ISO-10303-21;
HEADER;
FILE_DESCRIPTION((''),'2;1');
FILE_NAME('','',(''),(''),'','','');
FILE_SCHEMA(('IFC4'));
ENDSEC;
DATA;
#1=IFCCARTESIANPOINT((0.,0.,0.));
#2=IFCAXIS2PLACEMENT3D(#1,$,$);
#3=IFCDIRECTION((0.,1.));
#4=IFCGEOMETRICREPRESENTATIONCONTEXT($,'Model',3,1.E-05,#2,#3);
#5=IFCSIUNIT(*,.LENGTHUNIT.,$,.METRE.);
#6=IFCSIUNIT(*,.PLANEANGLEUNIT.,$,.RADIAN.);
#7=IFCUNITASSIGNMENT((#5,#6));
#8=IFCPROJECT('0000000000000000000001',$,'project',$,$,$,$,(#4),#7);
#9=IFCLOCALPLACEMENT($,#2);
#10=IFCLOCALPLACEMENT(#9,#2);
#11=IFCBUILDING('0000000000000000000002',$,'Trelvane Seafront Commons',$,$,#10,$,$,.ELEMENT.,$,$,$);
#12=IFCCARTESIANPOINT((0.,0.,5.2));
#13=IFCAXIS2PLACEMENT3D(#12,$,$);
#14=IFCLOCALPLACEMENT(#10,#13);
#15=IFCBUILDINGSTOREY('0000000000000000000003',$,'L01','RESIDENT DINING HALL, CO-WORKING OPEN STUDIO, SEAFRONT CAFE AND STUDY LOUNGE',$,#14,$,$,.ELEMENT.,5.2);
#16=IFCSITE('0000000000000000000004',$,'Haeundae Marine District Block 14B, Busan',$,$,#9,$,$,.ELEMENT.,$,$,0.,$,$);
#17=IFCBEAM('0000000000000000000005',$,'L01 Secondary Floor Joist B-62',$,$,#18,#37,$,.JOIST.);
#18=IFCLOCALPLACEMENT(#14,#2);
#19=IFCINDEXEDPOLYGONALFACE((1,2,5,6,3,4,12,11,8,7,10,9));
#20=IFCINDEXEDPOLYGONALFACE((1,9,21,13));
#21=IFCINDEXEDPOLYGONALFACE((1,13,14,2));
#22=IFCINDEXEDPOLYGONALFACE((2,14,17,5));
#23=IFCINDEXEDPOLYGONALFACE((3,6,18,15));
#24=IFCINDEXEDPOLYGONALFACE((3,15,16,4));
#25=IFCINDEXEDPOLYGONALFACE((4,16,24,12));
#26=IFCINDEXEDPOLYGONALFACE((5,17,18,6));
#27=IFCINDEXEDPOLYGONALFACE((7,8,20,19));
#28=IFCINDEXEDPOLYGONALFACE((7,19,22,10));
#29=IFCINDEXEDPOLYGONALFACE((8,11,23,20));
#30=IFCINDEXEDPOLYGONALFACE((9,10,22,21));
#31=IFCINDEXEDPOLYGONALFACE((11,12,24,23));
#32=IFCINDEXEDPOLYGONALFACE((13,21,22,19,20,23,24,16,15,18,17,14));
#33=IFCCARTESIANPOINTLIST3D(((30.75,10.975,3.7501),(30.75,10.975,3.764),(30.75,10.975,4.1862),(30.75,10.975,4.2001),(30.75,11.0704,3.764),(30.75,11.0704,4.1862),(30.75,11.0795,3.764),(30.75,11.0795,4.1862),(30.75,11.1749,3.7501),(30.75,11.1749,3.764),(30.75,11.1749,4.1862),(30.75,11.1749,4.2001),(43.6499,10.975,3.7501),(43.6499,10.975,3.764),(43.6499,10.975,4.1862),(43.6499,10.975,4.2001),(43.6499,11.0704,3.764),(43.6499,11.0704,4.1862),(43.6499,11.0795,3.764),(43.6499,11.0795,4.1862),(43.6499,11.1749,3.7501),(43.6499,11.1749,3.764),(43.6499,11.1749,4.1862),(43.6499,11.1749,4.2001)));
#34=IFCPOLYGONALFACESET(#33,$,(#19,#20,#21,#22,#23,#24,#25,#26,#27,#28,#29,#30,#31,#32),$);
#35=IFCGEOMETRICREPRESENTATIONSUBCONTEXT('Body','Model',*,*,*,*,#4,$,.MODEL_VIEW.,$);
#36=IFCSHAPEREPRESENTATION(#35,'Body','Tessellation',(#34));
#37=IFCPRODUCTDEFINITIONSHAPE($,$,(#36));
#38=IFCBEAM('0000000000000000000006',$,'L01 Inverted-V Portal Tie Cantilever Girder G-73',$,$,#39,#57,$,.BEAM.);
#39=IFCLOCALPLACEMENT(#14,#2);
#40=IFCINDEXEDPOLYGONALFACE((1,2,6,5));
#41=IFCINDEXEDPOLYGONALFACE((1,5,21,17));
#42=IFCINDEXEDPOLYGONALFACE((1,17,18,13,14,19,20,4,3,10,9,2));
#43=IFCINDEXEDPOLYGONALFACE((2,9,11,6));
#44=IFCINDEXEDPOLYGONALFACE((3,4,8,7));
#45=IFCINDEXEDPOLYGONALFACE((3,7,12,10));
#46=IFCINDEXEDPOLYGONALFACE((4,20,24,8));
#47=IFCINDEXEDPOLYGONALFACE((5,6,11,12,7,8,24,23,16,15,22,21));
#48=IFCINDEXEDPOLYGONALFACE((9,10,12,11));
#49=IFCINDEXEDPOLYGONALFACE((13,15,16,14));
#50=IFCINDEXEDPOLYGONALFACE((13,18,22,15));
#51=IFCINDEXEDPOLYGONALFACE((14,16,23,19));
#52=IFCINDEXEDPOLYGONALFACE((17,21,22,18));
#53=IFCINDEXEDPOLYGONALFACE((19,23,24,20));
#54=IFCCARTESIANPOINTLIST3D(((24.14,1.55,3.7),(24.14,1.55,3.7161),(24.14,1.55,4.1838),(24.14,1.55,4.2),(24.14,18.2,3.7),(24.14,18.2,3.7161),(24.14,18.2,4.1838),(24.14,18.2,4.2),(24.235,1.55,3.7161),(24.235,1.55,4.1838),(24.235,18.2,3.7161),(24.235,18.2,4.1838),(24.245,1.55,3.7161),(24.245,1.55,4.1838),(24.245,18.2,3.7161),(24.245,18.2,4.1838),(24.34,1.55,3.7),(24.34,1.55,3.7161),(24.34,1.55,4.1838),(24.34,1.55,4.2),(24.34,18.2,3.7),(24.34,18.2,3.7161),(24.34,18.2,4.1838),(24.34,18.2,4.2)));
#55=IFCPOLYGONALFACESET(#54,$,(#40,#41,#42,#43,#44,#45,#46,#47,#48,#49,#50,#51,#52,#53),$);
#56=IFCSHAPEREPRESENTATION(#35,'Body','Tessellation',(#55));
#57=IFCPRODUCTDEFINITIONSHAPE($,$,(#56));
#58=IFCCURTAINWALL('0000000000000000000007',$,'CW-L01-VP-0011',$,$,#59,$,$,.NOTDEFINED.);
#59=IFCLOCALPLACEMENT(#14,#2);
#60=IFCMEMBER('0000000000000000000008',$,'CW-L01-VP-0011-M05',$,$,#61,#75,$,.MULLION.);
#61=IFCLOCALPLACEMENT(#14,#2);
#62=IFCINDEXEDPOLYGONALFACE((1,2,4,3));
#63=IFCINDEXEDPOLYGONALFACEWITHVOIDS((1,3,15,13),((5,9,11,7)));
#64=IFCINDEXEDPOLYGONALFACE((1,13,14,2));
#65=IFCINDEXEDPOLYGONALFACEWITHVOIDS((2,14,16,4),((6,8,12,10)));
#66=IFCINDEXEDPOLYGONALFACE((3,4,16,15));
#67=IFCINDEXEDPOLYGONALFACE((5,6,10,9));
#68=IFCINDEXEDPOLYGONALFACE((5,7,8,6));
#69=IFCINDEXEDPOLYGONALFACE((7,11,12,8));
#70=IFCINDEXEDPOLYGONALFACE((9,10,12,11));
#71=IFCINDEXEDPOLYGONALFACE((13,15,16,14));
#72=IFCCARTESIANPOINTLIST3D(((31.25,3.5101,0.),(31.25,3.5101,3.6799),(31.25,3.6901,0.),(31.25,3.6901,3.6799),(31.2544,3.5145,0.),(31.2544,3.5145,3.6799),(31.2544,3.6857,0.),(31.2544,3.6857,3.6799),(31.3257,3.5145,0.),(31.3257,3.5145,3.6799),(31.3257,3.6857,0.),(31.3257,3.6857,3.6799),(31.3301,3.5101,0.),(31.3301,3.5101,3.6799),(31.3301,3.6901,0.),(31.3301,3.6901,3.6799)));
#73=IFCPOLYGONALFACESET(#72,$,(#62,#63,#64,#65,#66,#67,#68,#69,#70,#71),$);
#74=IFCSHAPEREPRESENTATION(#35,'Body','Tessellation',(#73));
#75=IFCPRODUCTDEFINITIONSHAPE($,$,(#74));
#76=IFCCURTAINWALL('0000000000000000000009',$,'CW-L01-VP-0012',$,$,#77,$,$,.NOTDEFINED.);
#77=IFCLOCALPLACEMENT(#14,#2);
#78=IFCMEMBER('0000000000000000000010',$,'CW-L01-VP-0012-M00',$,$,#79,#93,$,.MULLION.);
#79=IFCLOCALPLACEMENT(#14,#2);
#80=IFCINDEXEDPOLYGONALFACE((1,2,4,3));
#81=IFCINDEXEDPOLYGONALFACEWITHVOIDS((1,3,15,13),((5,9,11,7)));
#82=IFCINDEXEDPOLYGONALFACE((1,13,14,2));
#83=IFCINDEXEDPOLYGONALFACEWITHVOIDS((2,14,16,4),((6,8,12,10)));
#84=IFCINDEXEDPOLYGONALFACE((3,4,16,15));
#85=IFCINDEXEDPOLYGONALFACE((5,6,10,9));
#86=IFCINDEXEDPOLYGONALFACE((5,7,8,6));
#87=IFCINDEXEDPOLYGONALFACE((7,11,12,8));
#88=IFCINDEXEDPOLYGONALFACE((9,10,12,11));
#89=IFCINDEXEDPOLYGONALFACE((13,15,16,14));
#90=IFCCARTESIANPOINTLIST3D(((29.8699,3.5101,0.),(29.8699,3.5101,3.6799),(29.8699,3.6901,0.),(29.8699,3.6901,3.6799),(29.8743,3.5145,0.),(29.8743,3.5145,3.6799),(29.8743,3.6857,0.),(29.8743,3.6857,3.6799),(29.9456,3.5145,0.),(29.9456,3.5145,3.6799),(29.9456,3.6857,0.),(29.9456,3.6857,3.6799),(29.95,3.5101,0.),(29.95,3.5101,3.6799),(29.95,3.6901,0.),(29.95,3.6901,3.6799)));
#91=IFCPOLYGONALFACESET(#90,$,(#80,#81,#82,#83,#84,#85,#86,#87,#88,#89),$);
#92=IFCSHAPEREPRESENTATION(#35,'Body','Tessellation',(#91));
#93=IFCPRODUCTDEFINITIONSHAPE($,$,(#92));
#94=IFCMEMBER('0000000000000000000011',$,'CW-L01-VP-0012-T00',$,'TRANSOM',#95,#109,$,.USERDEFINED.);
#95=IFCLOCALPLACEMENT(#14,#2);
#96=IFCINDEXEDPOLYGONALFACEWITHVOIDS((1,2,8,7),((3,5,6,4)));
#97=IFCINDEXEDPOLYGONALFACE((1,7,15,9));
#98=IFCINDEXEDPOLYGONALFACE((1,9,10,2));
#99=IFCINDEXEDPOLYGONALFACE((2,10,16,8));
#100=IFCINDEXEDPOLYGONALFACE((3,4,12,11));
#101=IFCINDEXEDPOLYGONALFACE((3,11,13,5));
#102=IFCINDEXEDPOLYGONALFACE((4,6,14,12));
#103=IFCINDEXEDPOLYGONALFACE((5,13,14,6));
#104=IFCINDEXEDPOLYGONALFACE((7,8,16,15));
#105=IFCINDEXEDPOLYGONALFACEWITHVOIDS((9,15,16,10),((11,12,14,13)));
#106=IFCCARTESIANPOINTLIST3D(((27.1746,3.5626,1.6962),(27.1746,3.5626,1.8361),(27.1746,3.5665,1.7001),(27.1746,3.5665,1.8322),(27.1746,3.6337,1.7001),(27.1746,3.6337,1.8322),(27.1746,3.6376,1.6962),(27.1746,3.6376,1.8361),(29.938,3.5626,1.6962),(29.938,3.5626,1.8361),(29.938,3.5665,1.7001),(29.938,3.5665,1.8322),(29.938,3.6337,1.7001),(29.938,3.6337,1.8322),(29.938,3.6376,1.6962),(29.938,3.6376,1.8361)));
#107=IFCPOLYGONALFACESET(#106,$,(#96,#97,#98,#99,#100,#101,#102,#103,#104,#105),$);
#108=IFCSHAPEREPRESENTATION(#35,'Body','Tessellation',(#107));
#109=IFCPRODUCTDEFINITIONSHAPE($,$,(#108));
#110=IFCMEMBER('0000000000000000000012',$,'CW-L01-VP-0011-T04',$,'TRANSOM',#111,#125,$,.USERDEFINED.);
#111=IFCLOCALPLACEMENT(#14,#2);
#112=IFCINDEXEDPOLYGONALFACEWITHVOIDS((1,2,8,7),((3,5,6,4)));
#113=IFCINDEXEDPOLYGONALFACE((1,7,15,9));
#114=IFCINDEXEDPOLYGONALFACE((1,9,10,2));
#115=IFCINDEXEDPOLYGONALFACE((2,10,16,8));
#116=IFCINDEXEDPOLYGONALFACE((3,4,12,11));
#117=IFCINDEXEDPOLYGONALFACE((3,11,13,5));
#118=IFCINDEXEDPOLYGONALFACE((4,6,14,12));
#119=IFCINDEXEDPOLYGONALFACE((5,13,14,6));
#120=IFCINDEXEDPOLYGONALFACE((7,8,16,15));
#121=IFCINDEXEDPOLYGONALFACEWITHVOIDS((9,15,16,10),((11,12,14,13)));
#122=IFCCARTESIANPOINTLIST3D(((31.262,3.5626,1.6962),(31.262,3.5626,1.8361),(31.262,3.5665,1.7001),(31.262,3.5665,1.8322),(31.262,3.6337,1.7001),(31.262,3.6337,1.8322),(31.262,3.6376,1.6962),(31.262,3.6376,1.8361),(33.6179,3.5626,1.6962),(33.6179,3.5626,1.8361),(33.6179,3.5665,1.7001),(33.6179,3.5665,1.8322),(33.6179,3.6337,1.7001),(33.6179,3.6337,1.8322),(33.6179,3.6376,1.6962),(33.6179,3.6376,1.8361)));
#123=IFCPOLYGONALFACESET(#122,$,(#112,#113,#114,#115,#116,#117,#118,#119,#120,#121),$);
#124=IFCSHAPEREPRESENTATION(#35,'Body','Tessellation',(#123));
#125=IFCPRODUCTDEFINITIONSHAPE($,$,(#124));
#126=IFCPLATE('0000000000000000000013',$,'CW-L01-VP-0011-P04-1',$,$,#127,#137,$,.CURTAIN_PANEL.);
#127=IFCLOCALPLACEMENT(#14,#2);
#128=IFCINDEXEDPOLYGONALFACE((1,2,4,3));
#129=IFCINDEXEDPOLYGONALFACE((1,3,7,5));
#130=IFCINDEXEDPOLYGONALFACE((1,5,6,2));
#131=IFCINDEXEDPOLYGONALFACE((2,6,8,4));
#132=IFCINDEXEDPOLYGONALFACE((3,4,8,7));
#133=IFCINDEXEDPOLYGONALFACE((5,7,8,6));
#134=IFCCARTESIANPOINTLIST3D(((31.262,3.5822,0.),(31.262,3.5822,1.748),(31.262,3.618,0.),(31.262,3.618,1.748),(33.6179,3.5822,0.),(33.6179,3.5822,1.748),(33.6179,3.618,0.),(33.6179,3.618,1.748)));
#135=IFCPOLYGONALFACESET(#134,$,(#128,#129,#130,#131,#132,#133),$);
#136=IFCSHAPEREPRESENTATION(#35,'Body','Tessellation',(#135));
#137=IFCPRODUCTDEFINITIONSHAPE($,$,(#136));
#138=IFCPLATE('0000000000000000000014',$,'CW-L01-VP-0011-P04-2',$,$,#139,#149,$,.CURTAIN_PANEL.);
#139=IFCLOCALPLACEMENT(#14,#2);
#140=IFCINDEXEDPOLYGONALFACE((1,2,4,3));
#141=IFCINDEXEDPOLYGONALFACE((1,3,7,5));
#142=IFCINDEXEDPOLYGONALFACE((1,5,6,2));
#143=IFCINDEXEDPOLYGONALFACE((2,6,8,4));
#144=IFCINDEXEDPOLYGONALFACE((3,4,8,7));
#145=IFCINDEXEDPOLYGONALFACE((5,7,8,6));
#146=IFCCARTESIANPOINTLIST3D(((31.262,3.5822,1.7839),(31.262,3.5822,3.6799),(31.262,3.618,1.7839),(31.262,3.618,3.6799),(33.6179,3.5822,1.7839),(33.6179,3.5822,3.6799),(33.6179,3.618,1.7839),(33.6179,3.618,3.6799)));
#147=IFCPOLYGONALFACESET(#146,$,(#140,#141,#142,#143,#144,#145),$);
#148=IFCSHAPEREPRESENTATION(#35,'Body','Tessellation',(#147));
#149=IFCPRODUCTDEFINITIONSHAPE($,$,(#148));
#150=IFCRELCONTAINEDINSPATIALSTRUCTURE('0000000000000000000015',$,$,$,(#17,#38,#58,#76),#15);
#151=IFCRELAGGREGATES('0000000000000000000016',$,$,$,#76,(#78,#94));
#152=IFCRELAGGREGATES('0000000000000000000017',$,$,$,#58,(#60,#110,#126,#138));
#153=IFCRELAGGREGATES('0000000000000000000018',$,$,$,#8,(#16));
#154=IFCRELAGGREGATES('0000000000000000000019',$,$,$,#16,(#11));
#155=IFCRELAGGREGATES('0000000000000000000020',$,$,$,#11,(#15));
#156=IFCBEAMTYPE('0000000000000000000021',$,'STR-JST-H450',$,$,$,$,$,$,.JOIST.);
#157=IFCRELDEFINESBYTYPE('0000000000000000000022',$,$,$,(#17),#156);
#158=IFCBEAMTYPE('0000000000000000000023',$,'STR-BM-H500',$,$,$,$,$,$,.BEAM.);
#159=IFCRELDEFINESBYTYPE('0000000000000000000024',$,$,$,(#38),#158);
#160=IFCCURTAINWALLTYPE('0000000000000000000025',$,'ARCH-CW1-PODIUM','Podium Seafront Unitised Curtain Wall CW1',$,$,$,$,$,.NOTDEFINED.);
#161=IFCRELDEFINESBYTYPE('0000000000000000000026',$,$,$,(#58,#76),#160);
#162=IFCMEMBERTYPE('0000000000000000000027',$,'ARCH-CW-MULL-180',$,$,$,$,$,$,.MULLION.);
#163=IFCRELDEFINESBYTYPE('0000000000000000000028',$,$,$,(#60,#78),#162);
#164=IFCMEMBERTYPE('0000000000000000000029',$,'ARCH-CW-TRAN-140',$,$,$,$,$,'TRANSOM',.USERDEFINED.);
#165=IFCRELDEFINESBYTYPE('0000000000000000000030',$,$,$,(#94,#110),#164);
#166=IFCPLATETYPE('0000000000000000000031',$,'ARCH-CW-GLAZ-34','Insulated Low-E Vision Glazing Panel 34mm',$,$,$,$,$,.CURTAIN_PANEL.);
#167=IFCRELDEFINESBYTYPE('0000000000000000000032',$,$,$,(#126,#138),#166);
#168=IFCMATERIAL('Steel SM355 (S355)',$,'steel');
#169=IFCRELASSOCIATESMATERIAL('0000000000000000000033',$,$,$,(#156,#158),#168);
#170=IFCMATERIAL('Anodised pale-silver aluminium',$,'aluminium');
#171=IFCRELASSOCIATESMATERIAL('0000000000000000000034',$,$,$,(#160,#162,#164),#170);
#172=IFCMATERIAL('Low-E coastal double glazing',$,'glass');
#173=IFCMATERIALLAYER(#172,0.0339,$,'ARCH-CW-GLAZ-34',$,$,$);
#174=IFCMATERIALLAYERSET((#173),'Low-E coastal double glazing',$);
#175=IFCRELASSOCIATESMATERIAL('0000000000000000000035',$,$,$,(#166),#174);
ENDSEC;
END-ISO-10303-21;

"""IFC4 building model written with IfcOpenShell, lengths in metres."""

from ifc_helpers import new_model, si_unit, direction, frame, origin, origin_2d, place, context, subcontext, project, spatial, rectangle, hollow_rectangle, i_section, extrude, source, transform, mapped, material, layer, layer_set, material_profile, profile_set, type_object, element, aggregate, save


model = new_model("IFC4")

# Units and contexts
model_context = context("Model", 3, precision=1e-05, world=origin(), true_north=direction((0.0, 1.0)))
body_context = subcontext(model_context, "Body", "Model", "MODEL_VIEW")
ifc_project = project(units=[si_unit("LENGTHUNIT", "METRE"), si_unit("PLANEANGLEUNIT", "RADIAN")], contexts=[model_context])

# Site, building, storey
site_placement = place(None, origin())
site = spatial("IfcSite", under=ifc_project, at=site_placement, Name="Haeundae Marine District Block 14B, Busan", CompositionType="ELEMENT", RefElevation=0.0)
building_placement = place(site_placement, origin())
building = spatial("IfcBuilding", under=site, at=building_placement, Name="Trelvane Seafront Commons", CompositionType="ELEMENT")
storey_placement = place(building_placement, frame((0.0, 0.0, 5.2)))
storey = spatial("IfcBuildingStorey", under=building, at=storey_placement, Name="L01", Description="RESIDENT DINING HALL, CO-WORKING OPEN STUDIO, SEAFRONT CAFE AND STUDY LOUNGE", CompositionType="ELEMENT", Elevation=5.2)

# Beams
ifc_material_1 = material(Name="Steel SM355 (S355)", Category="steel")
ifc_material_profile_1 = material_profile(ifc_material_1, i_section(OverallWidth=0.2, OverallDepth=0.45, WebThickness=0.009, FlangeThickness=0.0139, at=origin_2d()), Name="H-450x200x9x14")
ifc_profile_set_1 = profile_set([ifc_material_profile_1], Name="Steel SM355 (S355)")
beam_type_1 = type_object("IfcBeamType", Name="STR-JST-H450", PredefinedType="JOIST", material=ifc_profile_set_1)
shared_shape_1 = source(origin(), body_context, "Body", "SweptSolid", [
    extrude(i_section(OverallWidth=0.2, OverallDepth=0.45, WebThickness=0.009, FlangeThickness=0.0139, at=origin_2d()), origin(), (0.0, 0.0, 1.0), 12.8999),
])
beam_1_placement = place(storey_placement, frame((30.75, 11.075, 3.9751), z_axis=(1.0, 0.0, 0.0), x_axis=(0.0, 1.0, 0.0)))
element("IfcBeam", 1, at=beam_1_placement, inside=storey, type_object=beam_type_1, Name="L01 Secondary Floor Joist B-62", PredefinedType="JOIST", context=body_context, shape_type="MappedRepresentation", body=[
    mapped(shared_shape_1, transform((0.0, 0.0, 0.0), x_axis=(1.0, 0.0, 0.0), y_axis=(0.0, 1.0, 0.0), z_axis=(0.0, 0.0, 1.0), scale=1.0)),
])
ifc_material_profile_2 = material_profile(ifc_material_1, i_section(OverallWidth=0.2, OverallDepth=0.5, WebThickness=0.01, FlangeThickness=0.0161, at=origin_2d()), Name="H-500x200x10x16")
ifc_profile_set_2 = profile_set([ifc_material_profile_2], Name="Steel SM355 (S355)")
beam_type_2 = type_object("IfcBeamType", Name="STR-BM-H500", PredefinedType="BEAM", material=ifc_profile_set_2)
shared_shape_2 = source(origin(), body_context, "Body", "SweptSolid", [
    extrude(i_section(OverallWidth=0.2, OverallDepth=0.5, WebThickness=0.01, FlangeThickness=0.0161, at=origin_2d()), origin(), (0.0, 0.0, 1.0), 16.6499),
])
beam_2_placement = place(storey_placement, frame((24.24, 18.2, 3.95), z_axis=(0.0, -1.0, 0.0), x_axis=(1.0, 0.0, 0.0)))
element("IfcBeam", 2, at=beam_2_placement, inside=storey, type_object=beam_type_2, Name="L01 Inverted-V Portal Tie Cantilever Girder G-73", PredefinedType="BEAM", context=body_context, shape_type="MappedRepresentation", body=[
    mapped(shared_shape_2, transform((0.0, 0.0, 0.0), x_axis=(1.0, 0.0, 0.0), y_axis=(0.0, 1.0, 0.0), z_axis=(0.0, 0.0, 1.0), scale=1.0)),
])

# Curtain wall, member
ifc_material_2 = material(Name="Anodised pale-silver aluminium", Category="aluminium")
curtain_wall_type = type_object("IfcCurtainWallType", Name="ARCH-CW1-PODIUM", Description="Podium Seafront Unitised Curtain Wall CW1", PredefinedType="NOTDEFINED", material=ifc_material_2)
curtain_wall_1_placement = place(storey_placement, origin())
curtain_wall_1 = element("IfcCurtainWall", 3, at=curtain_wall_1_placement, inside=storey, type_object=curtain_wall_type, Name="CW-L01-VP-0011", PredefinedType="NOTDEFINED")
ifc_material_profile_3 = material_profile(ifc_material_2, hollow_rectangle(XDim=0.0801, YDim=0.1799, WallThickness=0.0044, at=origin_2d()), Name="MULL-80x180x4.5")
ifc_profile_set_3 = profile_set([ifc_material_profile_3], Name="Anodised pale-silver aluminium")
member_type_1 = type_object("IfcMemberType", Name="ARCH-CW-MULL-180", PredefinedType="MULLION", material=ifc_profile_set_3)
shared_shape_3 = source(origin(), body_context, "Body", "SweptSolid", [
    extrude(hollow_rectangle(XDim=0.0801, YDim=0.1799, WallThickness=0.0044, at=origin_2d()), origin(), (0.0, 0.0, 1.0), 3.6799),
])
member_1_placement = place(storey_placement, frame((31.29, 3.6001, 0.0), z_axis=(0.0, 0.0, 1.0), x_axis=(1.0, 0.0, 0.0)))
member_1 = element("IfcMember", 4, at=member_1_placement, type_object=member_type_1, Name="CW-L01-VP-0011-M05", PredefinedType="MULLION", context=body_context, shape_type="MappedRepresentation", body=[
    mapped(shared_shape_3, transform((0.0, 0.0, 0.0), x_axis=(1.0, 0.0, 0.0), y_axis=(0.0, 1.0, 0.0), z_axis=(0.0, 0.0, 1.0), scale=1.0)),
])

# Curtain wall, members
curtain_wall_2_placement = place(storey_placement, origin())
curtain_wall_2 = element("IfcCurtainWall", 5, at=curtain_wall_2_placement, inside=storey, type_object=curtain_wall_type, Name="CW-L01-VP-0012", PredefinedType="NOTDEFINED")
member_2_placement = place(storey_placement, frame((29.9099, 3.6001, 0.0), z_axis=(0.0, 0.0, 1.0), x_axis=(1.0, 0.0, 0.0)))
member_2 = element("IfcMember", 6, at=member_2_placement, type_object=member_type_1, Name="CW-L01-VP-0012-M00", PredefinedType="MULLION", context=body_context, shape_type="MappedRepresentation", body=[
    mapped(shared_shape_3, transform((0.0, 0.0, 0.0), x_axis=(1.0, 0.0, 0.0), y_axis=(0.0, 1.0, 0.0), z_axis=(0.0, 0.0, 1.0), scale=1.0)),
])
ifc_material_profile_4 = material_profile(ifc_material_2, hollow_rectangle(XDim=0.075, YDim=0.1399, WallThickness=0.0039, at=origin_2d()), Name="TRAN-75x140x4")
ifc_profile_set_4 = profile_set([ifc_material_profile_4], Name="Anodised pale-silver aluminium")
member_type_2 = type_object("IfcMemberType", Name="ARCH-CW-TRAN-140", ElementType="TRANSOM", PredefinedType="USERDEFINED", material=ifc_profile_set_4)
shared_shape_4 = source(origin(), body_context, "Body", "SweptSolid", [
    extrude(hollow_rectangle(XDim=0.075, YDim=0.1399, WallThickness=0.0039, at=origin_2d()), origin(), (0.0, 0.0, 1.0), 2.7634),
])
member_3_placement = place(storey_placement, frame((29.938, 3.6001, 1.7661), z_axis=(-1.0, 0.0, 0.0), x_axis=(0.0, -1.0, 0.0)))
member_3 = element("IfcMember", 7, at=member_3_placement, type_object=member_type_2, Name="CW-L01-VP-0012-T00", ObjectType="TRANSOM", PredefinedType="USERDEFINED", context=body_context, shape_type="MappedRepresentation", body=[
    mapped(shared_shape_4, transform((0.0, 0.0, 0.0), x_axis=(1.0, 0.0, 0.0), y_axis=(0.0, 1.0, 0.0), z_axis=(0.0, 0.0, 1.0), scale=1.0)),
])
aggregate(curtain_wall_2, [member_2, member_3])

# Member
shared_shape_5 = source(origin(), body_context, "Body", "SweptSolid", [
    extrude(hollow_rectangle(XDim=0.075, YDim=0.1399, WallThickness=0.0039, at=origin_2d()), origin(), (0.0, 0.0, 1.0), 2.356),
])
member_4_placement = place(storey_placement, frame((33.6179, 3.6001, 1.7661), z_axis=(-1.0, 0.0, 0.0), x_axis=(0.0, -1.0, 0.0)))
member_4 = element("IfcMember", 8, at=member_4_placement, type_object=member_type_2, Name="CW-L01-VP-0011-T04", ObjectType="TRANSOM", PredefinedType="USERDEFINED", context=body_context, shape_type="MappedRepresentation", body=[
    mapped(shared_shape_5, transform((0.0, 0.0, 0.0), x_axis=(1.0, 0.0, 0.0), y_axis=(0.0, 1.0, 0.0), z_axis=(0.0, 0.0, 1.0), scale=1.0)),
])

# Plates
ifc_material_3 = material(Name="Low-E coastal double glazing", Category="glass")
ifc_layer_1 = layer(ifc_material_3, 0.0339, Name="ARCH-CW-GLAZ-34")
ifc_layer_set_1 = layer_set([ifc_layer_1], Name="Low-E coastal double glazing")
plate_type = type_object("IfcPlateType", Name="ARCH-CW-GLAZ-34", Description="Insulated Low-E Vision Glazing Panel 34mm", PredefinedType="CURTAIN_PANEL", material=ifc_layer_set_1)
shared_shape_6 = source(origin(), body_context, "Body", "SweptSolid", [
    extrude(rectangle(XDim=2.356, YDim=0.0359, at=origin_2d()), origin(), (0.0, 0.0, 1.0), 1.748),
])
plate_1_placement = place(storey_placement, frame((32.4399, 3.6001, 0.0), z_axis=(0.0, 0.0, 1.0), x_axis=(-1.0, 0.0, 0.0)))
plate_1 = element("IfcPlate", 9, at=plate_1_placement, type_object=plate_type, Name="CW-L01-VP-0011-P04-1", PredefinedType="CURTAIN_PANEL", context=body_context, shape_type="MappedRepresentation", body=[
    mapped(shared_shape_6, transform((0.0, 0.0, 0.0), x_axis=(1.0, 0.0, 0.0), y_axis=(0.0, 1.0, 0.0), z_axis=(0.0, 0.0, 1.0), scale=1.0)),
])
shared_shape_7 = source(origin(), body_context, "Body", "SweptSolid", [
    extrude(rectangle(XDim=2.356, YDim=0.0359, at=origin_2d()), origin(), (0.0, 0.0, 1.0), 1.896),
])
plate_2_placement = place(storey_placement, frame((32.4399, 3.6001, 1.7839), z_axis=(0.0, 0.0, 1.0), x_axis=(-1.0, 0.0, 0.0)))
plate_2 = element("IfcPlate", 10, at=plate_2_placement, type_object=plate_type, Name="CW-L01-VP-0011-P04-2", PredefinedType="CURTAIN_PANEL", context=body_context, shape_type="MappedRepresentation", body=[
    mapped(shared_shape_7, transform((0.0, 0.0, 0.0), x_axis=(1.0, 0.0, 0.0), y_axis=(0.0, 1.0, 0.0), z_axis=(0.0, 0.0, 1.0), scale=1.0)),
])
aggregate(curtain_wall_1, [member_1, member_4, plate_1, plate_2])

save(model, "model.ifc")
